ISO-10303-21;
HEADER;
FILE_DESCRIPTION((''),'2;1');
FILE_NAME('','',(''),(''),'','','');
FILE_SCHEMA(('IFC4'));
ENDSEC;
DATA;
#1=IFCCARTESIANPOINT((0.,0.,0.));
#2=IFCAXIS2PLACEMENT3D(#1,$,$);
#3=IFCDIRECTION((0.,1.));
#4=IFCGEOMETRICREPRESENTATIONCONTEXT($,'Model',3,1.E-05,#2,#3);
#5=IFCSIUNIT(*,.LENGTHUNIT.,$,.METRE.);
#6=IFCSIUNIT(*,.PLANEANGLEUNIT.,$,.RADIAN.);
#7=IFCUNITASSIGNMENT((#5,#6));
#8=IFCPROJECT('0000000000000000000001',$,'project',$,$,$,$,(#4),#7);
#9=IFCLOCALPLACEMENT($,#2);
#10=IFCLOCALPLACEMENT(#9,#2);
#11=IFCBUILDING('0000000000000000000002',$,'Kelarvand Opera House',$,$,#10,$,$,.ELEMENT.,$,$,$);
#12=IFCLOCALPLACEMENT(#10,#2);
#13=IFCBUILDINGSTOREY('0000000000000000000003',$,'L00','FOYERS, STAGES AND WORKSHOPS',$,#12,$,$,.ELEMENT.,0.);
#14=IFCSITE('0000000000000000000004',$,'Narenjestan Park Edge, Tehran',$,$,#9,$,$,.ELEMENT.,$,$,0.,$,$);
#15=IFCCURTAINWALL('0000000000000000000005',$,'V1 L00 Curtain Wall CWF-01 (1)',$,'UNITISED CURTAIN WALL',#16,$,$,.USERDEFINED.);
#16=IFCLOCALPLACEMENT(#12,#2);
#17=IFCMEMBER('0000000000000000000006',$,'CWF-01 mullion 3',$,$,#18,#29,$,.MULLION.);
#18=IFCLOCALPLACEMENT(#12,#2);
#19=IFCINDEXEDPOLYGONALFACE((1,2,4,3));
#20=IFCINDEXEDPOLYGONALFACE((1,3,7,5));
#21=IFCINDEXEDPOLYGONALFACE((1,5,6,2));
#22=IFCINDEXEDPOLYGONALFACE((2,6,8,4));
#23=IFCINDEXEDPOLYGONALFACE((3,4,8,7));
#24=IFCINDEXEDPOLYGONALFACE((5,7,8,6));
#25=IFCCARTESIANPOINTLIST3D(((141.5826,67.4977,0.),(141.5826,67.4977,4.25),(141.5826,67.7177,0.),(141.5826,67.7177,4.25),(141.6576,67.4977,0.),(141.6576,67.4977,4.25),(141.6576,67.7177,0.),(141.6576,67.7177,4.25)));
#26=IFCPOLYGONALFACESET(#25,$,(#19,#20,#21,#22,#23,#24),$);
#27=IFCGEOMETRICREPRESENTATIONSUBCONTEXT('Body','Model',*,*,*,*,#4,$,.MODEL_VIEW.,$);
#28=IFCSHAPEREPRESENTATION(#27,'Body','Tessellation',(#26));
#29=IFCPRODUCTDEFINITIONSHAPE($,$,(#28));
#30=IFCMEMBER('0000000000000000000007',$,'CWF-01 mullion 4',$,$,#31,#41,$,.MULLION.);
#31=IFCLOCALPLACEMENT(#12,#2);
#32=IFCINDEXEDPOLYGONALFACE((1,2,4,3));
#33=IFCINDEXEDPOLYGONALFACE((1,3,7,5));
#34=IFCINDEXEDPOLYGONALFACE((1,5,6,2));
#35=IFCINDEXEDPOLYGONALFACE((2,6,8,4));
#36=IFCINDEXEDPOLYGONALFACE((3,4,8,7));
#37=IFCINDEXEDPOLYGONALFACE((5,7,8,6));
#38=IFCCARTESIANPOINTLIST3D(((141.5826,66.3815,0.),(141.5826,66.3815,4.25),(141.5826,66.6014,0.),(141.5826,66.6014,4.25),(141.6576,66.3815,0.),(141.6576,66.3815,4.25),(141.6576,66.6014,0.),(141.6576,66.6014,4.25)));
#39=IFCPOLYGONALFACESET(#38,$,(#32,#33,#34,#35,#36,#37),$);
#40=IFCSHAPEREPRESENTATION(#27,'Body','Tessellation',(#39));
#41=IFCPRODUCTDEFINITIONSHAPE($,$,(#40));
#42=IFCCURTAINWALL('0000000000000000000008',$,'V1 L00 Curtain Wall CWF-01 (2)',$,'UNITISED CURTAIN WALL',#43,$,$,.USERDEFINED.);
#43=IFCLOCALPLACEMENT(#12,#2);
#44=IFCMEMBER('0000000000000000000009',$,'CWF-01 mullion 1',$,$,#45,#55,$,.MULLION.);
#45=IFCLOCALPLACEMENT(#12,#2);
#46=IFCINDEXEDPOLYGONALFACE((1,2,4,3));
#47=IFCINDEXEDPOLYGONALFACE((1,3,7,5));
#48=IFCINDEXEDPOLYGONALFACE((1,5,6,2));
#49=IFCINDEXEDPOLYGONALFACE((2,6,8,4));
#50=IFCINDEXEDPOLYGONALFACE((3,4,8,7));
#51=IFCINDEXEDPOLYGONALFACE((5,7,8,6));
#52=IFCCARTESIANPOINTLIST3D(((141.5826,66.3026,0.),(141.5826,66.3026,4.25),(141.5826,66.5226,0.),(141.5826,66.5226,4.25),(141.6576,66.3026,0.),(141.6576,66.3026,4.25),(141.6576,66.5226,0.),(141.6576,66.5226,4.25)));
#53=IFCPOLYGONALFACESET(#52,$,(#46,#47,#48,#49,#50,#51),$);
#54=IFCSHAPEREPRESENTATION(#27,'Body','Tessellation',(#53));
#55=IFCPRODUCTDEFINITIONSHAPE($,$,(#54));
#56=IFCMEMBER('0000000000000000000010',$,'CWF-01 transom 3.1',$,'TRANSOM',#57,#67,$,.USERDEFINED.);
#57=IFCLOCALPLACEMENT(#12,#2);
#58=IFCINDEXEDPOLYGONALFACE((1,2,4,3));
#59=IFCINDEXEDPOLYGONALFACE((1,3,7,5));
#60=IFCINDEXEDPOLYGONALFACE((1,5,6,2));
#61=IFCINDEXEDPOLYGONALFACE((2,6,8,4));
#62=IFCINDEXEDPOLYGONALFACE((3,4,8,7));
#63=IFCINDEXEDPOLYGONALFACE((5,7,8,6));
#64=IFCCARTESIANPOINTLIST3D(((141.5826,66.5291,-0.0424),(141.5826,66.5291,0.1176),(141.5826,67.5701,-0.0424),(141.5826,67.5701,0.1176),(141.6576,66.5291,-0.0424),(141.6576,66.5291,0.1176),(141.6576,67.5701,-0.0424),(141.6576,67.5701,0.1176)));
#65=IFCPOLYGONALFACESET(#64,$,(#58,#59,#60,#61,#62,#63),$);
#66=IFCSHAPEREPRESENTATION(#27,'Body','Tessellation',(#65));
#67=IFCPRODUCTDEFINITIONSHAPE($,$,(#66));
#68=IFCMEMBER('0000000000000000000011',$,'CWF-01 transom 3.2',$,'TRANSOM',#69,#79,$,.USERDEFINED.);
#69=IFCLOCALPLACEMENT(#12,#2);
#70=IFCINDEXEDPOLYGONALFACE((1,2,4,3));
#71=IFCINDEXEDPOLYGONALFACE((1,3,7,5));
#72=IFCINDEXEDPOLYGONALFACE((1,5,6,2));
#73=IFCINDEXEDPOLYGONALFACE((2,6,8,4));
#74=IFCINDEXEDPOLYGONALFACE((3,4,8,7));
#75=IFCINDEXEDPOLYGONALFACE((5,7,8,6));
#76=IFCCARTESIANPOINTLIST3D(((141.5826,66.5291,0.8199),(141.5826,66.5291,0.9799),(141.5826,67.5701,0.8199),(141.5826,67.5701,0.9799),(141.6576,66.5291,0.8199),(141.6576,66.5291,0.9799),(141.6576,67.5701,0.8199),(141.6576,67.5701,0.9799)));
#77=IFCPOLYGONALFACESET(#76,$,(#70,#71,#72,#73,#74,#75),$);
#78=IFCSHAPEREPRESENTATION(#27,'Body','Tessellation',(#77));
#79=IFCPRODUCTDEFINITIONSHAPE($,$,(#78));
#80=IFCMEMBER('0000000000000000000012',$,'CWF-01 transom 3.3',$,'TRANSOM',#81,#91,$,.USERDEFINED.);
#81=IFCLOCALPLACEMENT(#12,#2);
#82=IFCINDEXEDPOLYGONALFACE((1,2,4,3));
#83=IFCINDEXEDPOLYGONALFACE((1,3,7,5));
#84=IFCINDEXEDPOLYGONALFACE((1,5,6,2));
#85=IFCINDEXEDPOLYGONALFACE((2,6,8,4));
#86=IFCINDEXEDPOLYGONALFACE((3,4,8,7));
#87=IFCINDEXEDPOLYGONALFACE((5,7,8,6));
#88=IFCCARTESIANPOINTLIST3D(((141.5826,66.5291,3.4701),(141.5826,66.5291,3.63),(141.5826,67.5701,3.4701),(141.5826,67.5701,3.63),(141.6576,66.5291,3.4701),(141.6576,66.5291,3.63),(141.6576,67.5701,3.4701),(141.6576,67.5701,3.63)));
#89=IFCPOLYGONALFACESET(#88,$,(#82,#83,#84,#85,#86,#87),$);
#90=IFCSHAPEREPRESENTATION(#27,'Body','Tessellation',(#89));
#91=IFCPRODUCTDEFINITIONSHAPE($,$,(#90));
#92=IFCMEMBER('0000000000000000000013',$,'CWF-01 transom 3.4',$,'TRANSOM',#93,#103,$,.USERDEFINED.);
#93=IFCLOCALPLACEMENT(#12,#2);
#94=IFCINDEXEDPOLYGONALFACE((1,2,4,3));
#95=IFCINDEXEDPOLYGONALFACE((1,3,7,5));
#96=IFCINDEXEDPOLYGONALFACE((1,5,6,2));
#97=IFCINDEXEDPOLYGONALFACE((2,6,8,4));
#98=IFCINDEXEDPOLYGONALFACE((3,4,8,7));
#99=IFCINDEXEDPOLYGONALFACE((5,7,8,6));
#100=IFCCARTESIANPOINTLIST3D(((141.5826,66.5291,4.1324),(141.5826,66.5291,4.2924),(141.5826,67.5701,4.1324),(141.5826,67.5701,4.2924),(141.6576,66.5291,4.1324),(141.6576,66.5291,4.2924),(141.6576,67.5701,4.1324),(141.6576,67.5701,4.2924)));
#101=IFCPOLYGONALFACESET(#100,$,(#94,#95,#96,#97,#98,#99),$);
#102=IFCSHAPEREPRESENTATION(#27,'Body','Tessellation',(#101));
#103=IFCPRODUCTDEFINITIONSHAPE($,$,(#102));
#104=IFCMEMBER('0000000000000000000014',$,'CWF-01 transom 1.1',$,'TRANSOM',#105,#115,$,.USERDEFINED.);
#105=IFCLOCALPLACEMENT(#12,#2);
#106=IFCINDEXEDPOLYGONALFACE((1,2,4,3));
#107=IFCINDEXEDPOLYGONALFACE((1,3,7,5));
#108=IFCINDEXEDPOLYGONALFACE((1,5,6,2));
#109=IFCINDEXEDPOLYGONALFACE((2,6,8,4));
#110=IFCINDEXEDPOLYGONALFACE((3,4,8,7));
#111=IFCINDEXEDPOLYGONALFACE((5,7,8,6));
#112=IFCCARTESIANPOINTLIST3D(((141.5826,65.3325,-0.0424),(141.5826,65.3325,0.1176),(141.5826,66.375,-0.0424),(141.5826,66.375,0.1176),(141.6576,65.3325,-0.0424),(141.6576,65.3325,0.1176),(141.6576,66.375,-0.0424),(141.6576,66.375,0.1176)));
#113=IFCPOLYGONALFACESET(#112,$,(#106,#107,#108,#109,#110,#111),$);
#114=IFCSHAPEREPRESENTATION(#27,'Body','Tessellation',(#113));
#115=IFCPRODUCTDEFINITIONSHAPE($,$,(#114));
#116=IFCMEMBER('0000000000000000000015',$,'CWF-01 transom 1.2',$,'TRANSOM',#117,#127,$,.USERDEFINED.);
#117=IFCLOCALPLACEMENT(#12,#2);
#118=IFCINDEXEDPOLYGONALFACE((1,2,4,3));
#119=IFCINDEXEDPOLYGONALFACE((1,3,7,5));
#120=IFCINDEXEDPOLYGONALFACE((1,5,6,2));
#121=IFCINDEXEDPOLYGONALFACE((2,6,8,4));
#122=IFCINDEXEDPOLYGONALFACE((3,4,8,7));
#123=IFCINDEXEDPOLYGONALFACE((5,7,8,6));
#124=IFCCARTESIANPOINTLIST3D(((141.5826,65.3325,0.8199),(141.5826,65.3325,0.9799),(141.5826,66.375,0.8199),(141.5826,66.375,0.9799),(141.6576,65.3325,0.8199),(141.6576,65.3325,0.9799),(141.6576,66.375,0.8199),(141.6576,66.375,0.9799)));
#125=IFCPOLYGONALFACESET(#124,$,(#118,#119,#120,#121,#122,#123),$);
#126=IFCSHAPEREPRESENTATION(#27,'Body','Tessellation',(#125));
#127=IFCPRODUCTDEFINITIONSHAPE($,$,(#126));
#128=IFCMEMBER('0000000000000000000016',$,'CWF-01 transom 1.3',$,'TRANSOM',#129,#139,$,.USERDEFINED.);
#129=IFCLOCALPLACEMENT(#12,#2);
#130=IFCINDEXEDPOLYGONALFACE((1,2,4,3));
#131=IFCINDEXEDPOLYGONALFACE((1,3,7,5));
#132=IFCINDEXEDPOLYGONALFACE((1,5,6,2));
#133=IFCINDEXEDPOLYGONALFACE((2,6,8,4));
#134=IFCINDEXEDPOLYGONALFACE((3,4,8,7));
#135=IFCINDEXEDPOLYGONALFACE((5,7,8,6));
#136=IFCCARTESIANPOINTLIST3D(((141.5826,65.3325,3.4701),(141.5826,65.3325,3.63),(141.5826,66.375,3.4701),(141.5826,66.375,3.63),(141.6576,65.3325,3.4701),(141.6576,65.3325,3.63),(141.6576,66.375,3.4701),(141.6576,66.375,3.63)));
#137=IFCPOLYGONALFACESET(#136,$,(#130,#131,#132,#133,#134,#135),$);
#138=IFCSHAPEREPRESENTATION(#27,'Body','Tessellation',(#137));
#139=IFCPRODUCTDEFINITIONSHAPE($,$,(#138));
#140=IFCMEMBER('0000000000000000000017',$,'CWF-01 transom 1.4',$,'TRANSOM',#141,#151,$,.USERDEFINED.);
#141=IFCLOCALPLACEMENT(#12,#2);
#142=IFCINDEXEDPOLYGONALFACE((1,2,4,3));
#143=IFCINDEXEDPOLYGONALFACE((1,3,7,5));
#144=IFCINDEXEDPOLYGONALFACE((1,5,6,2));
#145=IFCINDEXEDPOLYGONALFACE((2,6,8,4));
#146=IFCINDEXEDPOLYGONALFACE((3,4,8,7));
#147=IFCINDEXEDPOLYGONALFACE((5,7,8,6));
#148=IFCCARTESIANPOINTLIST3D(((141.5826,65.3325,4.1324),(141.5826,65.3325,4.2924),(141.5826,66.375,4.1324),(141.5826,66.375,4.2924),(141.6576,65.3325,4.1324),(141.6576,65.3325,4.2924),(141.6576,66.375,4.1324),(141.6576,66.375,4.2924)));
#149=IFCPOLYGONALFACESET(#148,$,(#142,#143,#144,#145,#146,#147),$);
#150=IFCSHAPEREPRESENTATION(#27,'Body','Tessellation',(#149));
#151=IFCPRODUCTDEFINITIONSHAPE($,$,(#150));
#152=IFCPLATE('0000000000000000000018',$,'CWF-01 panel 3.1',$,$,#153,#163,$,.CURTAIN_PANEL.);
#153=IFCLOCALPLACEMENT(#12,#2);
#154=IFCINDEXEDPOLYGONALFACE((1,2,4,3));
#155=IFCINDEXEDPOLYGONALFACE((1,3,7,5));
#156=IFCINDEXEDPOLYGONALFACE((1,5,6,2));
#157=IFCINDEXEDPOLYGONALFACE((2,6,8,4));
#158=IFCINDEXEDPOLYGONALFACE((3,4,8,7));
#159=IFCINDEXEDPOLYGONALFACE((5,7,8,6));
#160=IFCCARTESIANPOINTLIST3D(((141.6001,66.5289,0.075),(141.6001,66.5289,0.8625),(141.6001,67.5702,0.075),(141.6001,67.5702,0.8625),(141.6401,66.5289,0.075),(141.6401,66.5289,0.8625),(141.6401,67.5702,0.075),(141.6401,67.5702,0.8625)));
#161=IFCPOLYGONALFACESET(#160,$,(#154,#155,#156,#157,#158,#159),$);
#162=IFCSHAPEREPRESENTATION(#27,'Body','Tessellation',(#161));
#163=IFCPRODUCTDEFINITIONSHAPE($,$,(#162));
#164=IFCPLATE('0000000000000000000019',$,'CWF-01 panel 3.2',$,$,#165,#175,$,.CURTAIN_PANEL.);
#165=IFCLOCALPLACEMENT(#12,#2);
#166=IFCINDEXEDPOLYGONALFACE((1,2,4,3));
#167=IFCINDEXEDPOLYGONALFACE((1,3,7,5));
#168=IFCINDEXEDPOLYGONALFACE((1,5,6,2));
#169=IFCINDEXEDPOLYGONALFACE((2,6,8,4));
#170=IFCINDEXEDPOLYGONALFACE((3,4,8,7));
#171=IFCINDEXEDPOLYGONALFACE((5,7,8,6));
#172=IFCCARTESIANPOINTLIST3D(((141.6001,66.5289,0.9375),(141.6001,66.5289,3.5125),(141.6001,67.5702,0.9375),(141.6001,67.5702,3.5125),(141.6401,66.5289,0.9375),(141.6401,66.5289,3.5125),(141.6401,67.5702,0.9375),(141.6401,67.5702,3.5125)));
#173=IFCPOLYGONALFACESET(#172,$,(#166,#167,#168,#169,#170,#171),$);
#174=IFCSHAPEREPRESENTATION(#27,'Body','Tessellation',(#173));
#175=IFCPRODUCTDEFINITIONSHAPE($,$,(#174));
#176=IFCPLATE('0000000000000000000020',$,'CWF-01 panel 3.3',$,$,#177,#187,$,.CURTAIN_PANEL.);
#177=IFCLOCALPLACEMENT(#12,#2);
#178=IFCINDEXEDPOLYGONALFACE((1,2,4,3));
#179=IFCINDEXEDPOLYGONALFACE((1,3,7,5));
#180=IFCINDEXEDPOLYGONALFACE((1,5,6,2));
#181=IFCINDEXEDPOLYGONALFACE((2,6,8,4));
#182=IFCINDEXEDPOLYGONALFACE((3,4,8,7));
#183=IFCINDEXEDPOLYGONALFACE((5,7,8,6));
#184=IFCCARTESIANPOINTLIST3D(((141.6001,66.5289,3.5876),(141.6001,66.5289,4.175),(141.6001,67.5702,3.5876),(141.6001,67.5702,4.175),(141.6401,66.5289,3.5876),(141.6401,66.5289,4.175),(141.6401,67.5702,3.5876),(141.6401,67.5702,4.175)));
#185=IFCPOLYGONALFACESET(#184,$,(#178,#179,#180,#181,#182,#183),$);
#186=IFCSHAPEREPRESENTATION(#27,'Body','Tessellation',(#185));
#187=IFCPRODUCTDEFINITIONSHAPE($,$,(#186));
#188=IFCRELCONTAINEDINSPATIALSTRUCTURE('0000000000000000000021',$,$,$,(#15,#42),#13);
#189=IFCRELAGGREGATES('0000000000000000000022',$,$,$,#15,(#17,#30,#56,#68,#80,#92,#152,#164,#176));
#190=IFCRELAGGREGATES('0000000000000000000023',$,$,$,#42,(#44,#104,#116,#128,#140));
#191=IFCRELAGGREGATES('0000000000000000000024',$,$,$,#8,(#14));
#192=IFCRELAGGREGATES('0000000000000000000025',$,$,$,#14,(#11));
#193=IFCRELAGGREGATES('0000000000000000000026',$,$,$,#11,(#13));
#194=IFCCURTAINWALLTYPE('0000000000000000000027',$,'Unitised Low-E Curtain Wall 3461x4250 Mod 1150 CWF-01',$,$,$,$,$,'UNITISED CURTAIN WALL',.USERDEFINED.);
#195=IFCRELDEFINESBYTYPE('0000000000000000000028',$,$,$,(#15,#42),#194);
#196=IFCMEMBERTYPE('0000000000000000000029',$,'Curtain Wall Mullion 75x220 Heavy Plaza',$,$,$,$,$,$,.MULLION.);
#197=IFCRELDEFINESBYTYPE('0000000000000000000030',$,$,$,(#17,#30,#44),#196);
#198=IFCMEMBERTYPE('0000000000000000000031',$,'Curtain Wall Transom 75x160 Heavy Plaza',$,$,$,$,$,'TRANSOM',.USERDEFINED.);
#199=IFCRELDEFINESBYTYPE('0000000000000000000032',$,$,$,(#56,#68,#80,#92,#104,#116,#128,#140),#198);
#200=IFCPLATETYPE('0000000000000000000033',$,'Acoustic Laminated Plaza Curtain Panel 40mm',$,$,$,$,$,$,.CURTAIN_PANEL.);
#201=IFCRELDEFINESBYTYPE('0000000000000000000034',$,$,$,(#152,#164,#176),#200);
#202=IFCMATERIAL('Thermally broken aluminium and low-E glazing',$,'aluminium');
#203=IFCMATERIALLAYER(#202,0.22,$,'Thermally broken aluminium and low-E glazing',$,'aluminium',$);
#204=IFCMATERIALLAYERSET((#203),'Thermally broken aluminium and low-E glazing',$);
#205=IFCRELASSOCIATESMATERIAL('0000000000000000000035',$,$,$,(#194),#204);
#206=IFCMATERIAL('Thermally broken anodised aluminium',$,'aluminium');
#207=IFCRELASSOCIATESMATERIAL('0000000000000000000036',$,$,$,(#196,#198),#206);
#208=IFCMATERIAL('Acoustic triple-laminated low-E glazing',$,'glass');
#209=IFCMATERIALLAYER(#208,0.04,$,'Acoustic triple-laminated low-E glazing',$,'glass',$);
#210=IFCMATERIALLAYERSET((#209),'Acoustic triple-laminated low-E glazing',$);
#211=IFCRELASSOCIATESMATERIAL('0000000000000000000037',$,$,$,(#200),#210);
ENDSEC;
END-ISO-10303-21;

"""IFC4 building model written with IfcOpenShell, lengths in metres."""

from ifc_helpers import new_model, si_unit, direction, frame, origin, origin_2d, place, context, subcontext, project, spatial, rectangle, extrude, material, layer, layer_set, material_profile, profile_set, type_object, element, aggregate, save


model = new_model("IFC4")

# Units and contexts
model_context = context("Model", 3, precision=1e-05, world=origin(), true_north=direction((0.0, 1.0)))
body_context = subcontext(model_context, "Body", "Model", "MODEL_VIEW")
ifc_project = project(units=[si_unit("LENGTHUNIT", "METRE"), si_unit("PLANEANGLEUNIT", "RADIAN")], contexts=[model_context])

# Site, building, storey
site_placement = place(None, origin())
site = spatial("IfcSite", under=ifc_project, at=site_placement, Name="Narenjestan Park Edge, Tehran", CompositionType="ELEMENT", RefElevation=0.0)
building_placement = place(site_placement, origin())
building = spatial("IfcBuilding", under=site, at=building_placement, Name="Kelarvand Opera House", CompositionType="ELEMENT")
storey_placement = place(building_placement, origin())
storey = spatial("IfcBuildingStorey", under=building, at=storey_placement, Name="L00", Description="FOYERS, STAGES AND WORKSHOPS", CompositionType="ELEMENT", Elevation=0.0)

# Curtain wall, members
ifc_material_1 = material(Name="Thermally broken aluminium and low-E glazing", Category="aluminium")
ifc_layer_1 = layer(ifc_material_1, 0.22, Name="Thermally broken aluminium and low-E glazing", Category="aluminium")
ifc_layer_set_1 = layer_set([ifc_layer_1], Name="Thermally broken aluminium and low-E glazing")
curtain_wall_type = type_object("IfcCurtainWallType", Name="Unitised Low-E Curtain Wall 3461x4250 Mod 1150 CWF-01", ElementType="UNITISED CURTAIN WALL", PredefinedType="USERDEFINED", material=ifc_layer_set_1)
curtain_wall_1_placement = place(storey_placement, origin())
curtain_wall_1 = element("IfcCurtainWall", 1, at=curtain_wall_1_placement, inside=storey, type_object=curtain_wall_type, Name="V1 L00 Curtain Wall CWF-01 (1)", ObjectType="UNITISED CURTAIN WALL", PredefinedType="USERDEFINED")
ifc_material_2 = material(Name="Thermally broken anodised aluminium", Category="aluminium")
ifc_material_profile_1 = material_profile(ifc_material_2, rectangle(XDim=0.075, YDim=0.22, at=origin_2d()), Name="ALU MULLION 75x220", Category="aluminium")
ifc_profile_set_1 = profile_set([ifc_material_profile_1], Name="Thermally broken anodised aluminium")
member_type_1 = type_object("IfcMemberType", Name="Curtain Wall Mullion 75x220 Heavy Plaza", PredefinedType="MULLION", material=ifc_profile_set_1)
member_1_placement = place(storey_placement, frame((141.6201, 67.6077, 0.0), z_axis=(0.0, 0.0, 1.0), x_axis=(1.0, 0.0, 0.0)))
member_1 = element("IfcMember", 2, at=member_1_placement, type_object=member_type_1, Name="CWF-01 mullion 3", PredefinedType="MULLION", context=body_context, shape_type="SweptSolid", body=[
    extrude(rectangle(XDim=0.075, YDim=0.22, at=origin_2d()), origin(), (0.0, 0.0, 1.0), 4.25),
])
member_2_placement = place(storey_placement, frame((141.6201, 66.4915, 0.0), z_axis=(0.0, 0.0, 1.0), x_axis=(1.0, 0.0, 0.0)))
member_2 = element("IfcMember", 3, at=member_2_placement, type_object=member_type_1, Name="CWF-01 mullion 4", PredefinedType="MULLION", context=body_context, shape_type="SweptSolid", body=[
    extrude(rectangle(XDim=0.075, YDim=0.22, at=origin_2d()), origin(), (0.0, 0.0, 1.0), 4.25),
])

# Curtain wall, member
curtain_wall_2_placement = place(storey_placement, origin())
curtain_wall_2 = element("IfcCurtainWall", 4, at=curtain_wall_2_placement, inside=storey, type_object=curtain_wall_type, Name="V1 L00 Curtain Wall CWF-01 (2)", ObjectType="UNITISED CURTAIN WALL", PredefinedType="USERDEFINED")
member_3_placement = place(storey_placement, frame((141.6201, 66.4126, 0.0), z_axis=(0.0, 0.0, 1.0), x_axis=(1.0, 0.0, 0.0)))
member_3 = element("IfcMember", 5, at=member_3_placement, type_object=member_type_1, Name="CWF-01 mullion 1", PredefinedType="MULLION", context=body_context, shape_type="SweptSolid", body=[
    extrude(rectangle(XDim=0.075, YDim=0.22, at=origin_2d()), origin(), (0.0, 0.0, 1.0), 4.25),
])

# Members
ifc_material_profile_2 = material_profile(ifc_material_2, rectangle(XDim=0.075, YDim=0.1599, at=origin_2d()), Name="ALU TRANSOM 75x160", Category="aluminium")
ifc_profile_set_2 = profile_set([ifc_material_profile_2], Name="Thermally broken anodised aluminium")
member_type_2 = type_object("IfcMemberType", Name="Curtain Wall Transom 75x160 Heavy Plaza", ElementType="TRANSOM", PredefinedType="USERDEFINED", material=ifc_profile_set_2)
member_4_placement = place(storey_placement, frame((141.6201, 67.5701, 0.0376), z_axis=(0.0, -1.0, 0.0), x_axis=(1.0, 0.0, 0.0)))
member_4 = element("IfcMember", 6, at=member_4_placement, type_object=member_type_2, Name="CWF-01 transom 3.1", ObjectType="TRANSOM", PredefinedType="USERDEFINED", context=body_context, shape_type="SweptSolid", body=[
    extrude(rectangle(XDim=0.075, YDim=0.1599, at=origin_2d()), origin(), (0.0, 0.0, 1.0), 1.041),
])
member_5_placement = place(storey_placement, frame((141.6201, 67.5701, 0.8999), z_axis=(0.0, -1.0, 0.0), x_axis=(1.0, 0.0, 0.0)))
member_5 = element("IfcMember", 7, at=member_5_placement, type_object=member_type_2, Name="CWF-01 transom 3.2", ObjectType="TRANSOM", PredefinedType="USERDEFINED", context=body_context, shape_type="SweptSolid", body=[
    extrude(rectangle(XDim=0.075, YDim=0.1599, at=origin_2d()), origin(), (0.0, 0.0, 1.0), 1.041),
])
member_6_placement = place(storey_placement, frame((141.6201, 67.5701, 3.55), z_axis=(0.0, -1.0, 0.0), x_axis=(1.0, 0.0, 0.0)))
member_6 = element("IfcMember", 8, at=member_6_placement, type_object=member_type_2, Name="CWF-01 transom 3.3", ObjectType="TRANSOM", PredefinedType="USERDEFINED", context=body_context, shape_type="SweptSolid", body=[
    extrude(rectangle(XDim=0.075, YDim=0.1599, at=origin_2d()), origin(), (0.0, 0.0, 1.0), 1.041),
])
member_7_placement = place(storey_placement, frame((141.6201, 67.5701, 4.2124), z_axis=(0.0, -1.0, 0.0), x_axis=(1.0, 0.0, 0.0)))
member_7 = element("IfcMember", 9, at=member_7_placement, type_object=member_type_2, Name="CWF-01 transom 3.4", ObjectType="TRANSOM", PredefinedType="USERDEFINED", context=body_context, shape_type="SweptSolid", body=[
    extrude(rectangle(XDim=0.075, YDim=0.1599, at=origin_2d()), origin(), (0.0, 0.0, 1.0), 1.041),
])
member_8_placement = place(storey_placement, frame((141.6201, 66.375, 0.0376), z_axis=(0.0, -1.0, 0.0), x_axis=(1.0, 0.0, 0.0)))
member_8 = element("IfcMember", 10, at=member_8_placement, type_object=member_type_2, Name="CWF-01 transom 1.1", ObjectType="TRANSOM", PredefinedType="USERDEFINED", context=body_context, shape_type="SweptSolid", body=[
    extrude(rectangle(XDim=0.075, YDim=0.1599, at=origin_2d()), origin(), (0.0, 0.0, 1.0), 1.0425),
])
member_9_placement = place(storey_placement, frame((141.6201, 66.375, 0.8999), z_axis=(0.0, -1.0, 0.0), x_axis=(1.0, 0.0, 0.0)))
member_9 = element("IfcMember", 11, at=member_9_placement, type_object=member_type_2, Name="CWF-01 transom 1.2", ObjectType="TRANSOM", PredefinedType="USERDEFINED", context=body_context, shape_type="SweptSolid", body=[
    extrude(rectangle(XDim=0.075, YDim=0.1599, at=origin_2d()), origin(), (0.0, 0.0, 1.0), 1.0425),
])
member_10_placement = place(storey_placement, frame((141.6201, 66.375, 3.55), z_axis=(0.0, -1.0, 0.0), x_axis=(1.0, 0.0, 0.0)))
member_10 = element("IfcMember", 12, at=member_10_placement, type_object=member_type_2, Name="CWF-01 transom 1.3", ObjectType="TRANSOM", PredefinedType="USERDEFINED", context=body_context, shape_type="SweptSolid", body=[
    extrude(rectangle(XDim=0.075, YDim=0.1599, at=origin_2d()), origin(), (0.0, 0.0, 1.0), 1.0425),
])
member_11_placement = place(storey_placement, frame((141.6201, 66.375, 4.2124), z_axis=(0.0, -1.0, 0.0), x_axis=(1.0, 0.0, 0.0)))
member_11 = element("IfcMember", 13, at=member_11_placement, type_object=member_type_2, Name="CWF-01 transom 1.4", ObjectType="TRANSOM", PredefinedType="USERDEFINED", context=body_context, shape_type="SweptSolid", body=[
    extrude(rectangle(XDim=0.075, YDim=0.1599, at=origin_2d()), origin(), (0.0, 0.0, 1.0), 1.0425),
])

# Plates
ifc_material_3 = material(Name="Acoustic triple-laminated low-E glazing", Category="glass")
ifc_layer_2 = layer(ifc_material_3, 0.04, Name="Acoustic triple-laminated low-E glazing", Category="glass")
ifc_layer_set_2 = layer_set([ifc_layer_2], Name="Acoustic triple-laminated low-E glazing")
plate_type = type_object("IfcPlateType", Name="Acoustic Laminated Plaza Curtain Panel 40mm", PredefinedType="CURTAIN_PANEL", material=ifc_layer_set_2)
plate_1_placement = place(storey_placement, frame((141.6201, 67.0496, 0.075), z_axis=(0.0, 0.0, 1.0), x_axis=(0.0, -1.0, 0.0)))
plate_1 = element("IfcPlate", 14, at=plate_1_placement, type_object=plate_type, Name="CWF-01 panel 3.1", PredefinedType="CURTAIN_PANEL", context=body_context, shape_type="SweptSolid", body=[
    extrude(rectangle(XDim=1.0413, YDim=0.04, at=origin_2d()), origin(), (0.0, 0.0, 1.0), 0.7876),
])
plate_2_placement = place(storey_placement, frame((141.6201, 67.0496, 0.9375), z_axis=(0.0, 0.0, 1.0), x_axis=(0.0, -1.0, 0.0)))
plate_2 = element("IfcPlate", 15, at=plate_2_placement, type_object=plate_type, Name="CWF-01 panel 3.2", PredefinedType="CURTAIN_PANEL", context=body_context, shape_type="SweptSolid", body=[
    extrude(rectangle(XDim=1.0413, YDim=0.04, at=origin_2d()), origin(), (0.0, 0.0, 1.0), 2.575),
])
plate_3_placement = place(storey_placement, frame((141.6201, 67.0496, 3.5876), z_axis=(0.0, 0.0, 1.0), x_axis=(0.0, -1.0, 0.0)))
plate_3 = element("IfcPlate", 16, at=plate_3_placement, type_object=plate_type, Name="CWF-01 panel 3.3", PredefinedType="CURTAIN_PANEL", context=body_context, shape_type="SweptSolid", body=[
    extrude(rectangle(XDim=1.0413, YDim=0.04, at=origin_2d()), origin(), (0.0, 0.0, 1.0), 0.5874),
])
aggregate(curtain_wall_1, [member_1, member_2, member_4, member_5, member_6, member_7, plate_1, plate_2, plate_3])
aggregate(curtain_wall_2, [member_3, member_8, member_9, member_10, member_11])

save(model, "model.ifc")
